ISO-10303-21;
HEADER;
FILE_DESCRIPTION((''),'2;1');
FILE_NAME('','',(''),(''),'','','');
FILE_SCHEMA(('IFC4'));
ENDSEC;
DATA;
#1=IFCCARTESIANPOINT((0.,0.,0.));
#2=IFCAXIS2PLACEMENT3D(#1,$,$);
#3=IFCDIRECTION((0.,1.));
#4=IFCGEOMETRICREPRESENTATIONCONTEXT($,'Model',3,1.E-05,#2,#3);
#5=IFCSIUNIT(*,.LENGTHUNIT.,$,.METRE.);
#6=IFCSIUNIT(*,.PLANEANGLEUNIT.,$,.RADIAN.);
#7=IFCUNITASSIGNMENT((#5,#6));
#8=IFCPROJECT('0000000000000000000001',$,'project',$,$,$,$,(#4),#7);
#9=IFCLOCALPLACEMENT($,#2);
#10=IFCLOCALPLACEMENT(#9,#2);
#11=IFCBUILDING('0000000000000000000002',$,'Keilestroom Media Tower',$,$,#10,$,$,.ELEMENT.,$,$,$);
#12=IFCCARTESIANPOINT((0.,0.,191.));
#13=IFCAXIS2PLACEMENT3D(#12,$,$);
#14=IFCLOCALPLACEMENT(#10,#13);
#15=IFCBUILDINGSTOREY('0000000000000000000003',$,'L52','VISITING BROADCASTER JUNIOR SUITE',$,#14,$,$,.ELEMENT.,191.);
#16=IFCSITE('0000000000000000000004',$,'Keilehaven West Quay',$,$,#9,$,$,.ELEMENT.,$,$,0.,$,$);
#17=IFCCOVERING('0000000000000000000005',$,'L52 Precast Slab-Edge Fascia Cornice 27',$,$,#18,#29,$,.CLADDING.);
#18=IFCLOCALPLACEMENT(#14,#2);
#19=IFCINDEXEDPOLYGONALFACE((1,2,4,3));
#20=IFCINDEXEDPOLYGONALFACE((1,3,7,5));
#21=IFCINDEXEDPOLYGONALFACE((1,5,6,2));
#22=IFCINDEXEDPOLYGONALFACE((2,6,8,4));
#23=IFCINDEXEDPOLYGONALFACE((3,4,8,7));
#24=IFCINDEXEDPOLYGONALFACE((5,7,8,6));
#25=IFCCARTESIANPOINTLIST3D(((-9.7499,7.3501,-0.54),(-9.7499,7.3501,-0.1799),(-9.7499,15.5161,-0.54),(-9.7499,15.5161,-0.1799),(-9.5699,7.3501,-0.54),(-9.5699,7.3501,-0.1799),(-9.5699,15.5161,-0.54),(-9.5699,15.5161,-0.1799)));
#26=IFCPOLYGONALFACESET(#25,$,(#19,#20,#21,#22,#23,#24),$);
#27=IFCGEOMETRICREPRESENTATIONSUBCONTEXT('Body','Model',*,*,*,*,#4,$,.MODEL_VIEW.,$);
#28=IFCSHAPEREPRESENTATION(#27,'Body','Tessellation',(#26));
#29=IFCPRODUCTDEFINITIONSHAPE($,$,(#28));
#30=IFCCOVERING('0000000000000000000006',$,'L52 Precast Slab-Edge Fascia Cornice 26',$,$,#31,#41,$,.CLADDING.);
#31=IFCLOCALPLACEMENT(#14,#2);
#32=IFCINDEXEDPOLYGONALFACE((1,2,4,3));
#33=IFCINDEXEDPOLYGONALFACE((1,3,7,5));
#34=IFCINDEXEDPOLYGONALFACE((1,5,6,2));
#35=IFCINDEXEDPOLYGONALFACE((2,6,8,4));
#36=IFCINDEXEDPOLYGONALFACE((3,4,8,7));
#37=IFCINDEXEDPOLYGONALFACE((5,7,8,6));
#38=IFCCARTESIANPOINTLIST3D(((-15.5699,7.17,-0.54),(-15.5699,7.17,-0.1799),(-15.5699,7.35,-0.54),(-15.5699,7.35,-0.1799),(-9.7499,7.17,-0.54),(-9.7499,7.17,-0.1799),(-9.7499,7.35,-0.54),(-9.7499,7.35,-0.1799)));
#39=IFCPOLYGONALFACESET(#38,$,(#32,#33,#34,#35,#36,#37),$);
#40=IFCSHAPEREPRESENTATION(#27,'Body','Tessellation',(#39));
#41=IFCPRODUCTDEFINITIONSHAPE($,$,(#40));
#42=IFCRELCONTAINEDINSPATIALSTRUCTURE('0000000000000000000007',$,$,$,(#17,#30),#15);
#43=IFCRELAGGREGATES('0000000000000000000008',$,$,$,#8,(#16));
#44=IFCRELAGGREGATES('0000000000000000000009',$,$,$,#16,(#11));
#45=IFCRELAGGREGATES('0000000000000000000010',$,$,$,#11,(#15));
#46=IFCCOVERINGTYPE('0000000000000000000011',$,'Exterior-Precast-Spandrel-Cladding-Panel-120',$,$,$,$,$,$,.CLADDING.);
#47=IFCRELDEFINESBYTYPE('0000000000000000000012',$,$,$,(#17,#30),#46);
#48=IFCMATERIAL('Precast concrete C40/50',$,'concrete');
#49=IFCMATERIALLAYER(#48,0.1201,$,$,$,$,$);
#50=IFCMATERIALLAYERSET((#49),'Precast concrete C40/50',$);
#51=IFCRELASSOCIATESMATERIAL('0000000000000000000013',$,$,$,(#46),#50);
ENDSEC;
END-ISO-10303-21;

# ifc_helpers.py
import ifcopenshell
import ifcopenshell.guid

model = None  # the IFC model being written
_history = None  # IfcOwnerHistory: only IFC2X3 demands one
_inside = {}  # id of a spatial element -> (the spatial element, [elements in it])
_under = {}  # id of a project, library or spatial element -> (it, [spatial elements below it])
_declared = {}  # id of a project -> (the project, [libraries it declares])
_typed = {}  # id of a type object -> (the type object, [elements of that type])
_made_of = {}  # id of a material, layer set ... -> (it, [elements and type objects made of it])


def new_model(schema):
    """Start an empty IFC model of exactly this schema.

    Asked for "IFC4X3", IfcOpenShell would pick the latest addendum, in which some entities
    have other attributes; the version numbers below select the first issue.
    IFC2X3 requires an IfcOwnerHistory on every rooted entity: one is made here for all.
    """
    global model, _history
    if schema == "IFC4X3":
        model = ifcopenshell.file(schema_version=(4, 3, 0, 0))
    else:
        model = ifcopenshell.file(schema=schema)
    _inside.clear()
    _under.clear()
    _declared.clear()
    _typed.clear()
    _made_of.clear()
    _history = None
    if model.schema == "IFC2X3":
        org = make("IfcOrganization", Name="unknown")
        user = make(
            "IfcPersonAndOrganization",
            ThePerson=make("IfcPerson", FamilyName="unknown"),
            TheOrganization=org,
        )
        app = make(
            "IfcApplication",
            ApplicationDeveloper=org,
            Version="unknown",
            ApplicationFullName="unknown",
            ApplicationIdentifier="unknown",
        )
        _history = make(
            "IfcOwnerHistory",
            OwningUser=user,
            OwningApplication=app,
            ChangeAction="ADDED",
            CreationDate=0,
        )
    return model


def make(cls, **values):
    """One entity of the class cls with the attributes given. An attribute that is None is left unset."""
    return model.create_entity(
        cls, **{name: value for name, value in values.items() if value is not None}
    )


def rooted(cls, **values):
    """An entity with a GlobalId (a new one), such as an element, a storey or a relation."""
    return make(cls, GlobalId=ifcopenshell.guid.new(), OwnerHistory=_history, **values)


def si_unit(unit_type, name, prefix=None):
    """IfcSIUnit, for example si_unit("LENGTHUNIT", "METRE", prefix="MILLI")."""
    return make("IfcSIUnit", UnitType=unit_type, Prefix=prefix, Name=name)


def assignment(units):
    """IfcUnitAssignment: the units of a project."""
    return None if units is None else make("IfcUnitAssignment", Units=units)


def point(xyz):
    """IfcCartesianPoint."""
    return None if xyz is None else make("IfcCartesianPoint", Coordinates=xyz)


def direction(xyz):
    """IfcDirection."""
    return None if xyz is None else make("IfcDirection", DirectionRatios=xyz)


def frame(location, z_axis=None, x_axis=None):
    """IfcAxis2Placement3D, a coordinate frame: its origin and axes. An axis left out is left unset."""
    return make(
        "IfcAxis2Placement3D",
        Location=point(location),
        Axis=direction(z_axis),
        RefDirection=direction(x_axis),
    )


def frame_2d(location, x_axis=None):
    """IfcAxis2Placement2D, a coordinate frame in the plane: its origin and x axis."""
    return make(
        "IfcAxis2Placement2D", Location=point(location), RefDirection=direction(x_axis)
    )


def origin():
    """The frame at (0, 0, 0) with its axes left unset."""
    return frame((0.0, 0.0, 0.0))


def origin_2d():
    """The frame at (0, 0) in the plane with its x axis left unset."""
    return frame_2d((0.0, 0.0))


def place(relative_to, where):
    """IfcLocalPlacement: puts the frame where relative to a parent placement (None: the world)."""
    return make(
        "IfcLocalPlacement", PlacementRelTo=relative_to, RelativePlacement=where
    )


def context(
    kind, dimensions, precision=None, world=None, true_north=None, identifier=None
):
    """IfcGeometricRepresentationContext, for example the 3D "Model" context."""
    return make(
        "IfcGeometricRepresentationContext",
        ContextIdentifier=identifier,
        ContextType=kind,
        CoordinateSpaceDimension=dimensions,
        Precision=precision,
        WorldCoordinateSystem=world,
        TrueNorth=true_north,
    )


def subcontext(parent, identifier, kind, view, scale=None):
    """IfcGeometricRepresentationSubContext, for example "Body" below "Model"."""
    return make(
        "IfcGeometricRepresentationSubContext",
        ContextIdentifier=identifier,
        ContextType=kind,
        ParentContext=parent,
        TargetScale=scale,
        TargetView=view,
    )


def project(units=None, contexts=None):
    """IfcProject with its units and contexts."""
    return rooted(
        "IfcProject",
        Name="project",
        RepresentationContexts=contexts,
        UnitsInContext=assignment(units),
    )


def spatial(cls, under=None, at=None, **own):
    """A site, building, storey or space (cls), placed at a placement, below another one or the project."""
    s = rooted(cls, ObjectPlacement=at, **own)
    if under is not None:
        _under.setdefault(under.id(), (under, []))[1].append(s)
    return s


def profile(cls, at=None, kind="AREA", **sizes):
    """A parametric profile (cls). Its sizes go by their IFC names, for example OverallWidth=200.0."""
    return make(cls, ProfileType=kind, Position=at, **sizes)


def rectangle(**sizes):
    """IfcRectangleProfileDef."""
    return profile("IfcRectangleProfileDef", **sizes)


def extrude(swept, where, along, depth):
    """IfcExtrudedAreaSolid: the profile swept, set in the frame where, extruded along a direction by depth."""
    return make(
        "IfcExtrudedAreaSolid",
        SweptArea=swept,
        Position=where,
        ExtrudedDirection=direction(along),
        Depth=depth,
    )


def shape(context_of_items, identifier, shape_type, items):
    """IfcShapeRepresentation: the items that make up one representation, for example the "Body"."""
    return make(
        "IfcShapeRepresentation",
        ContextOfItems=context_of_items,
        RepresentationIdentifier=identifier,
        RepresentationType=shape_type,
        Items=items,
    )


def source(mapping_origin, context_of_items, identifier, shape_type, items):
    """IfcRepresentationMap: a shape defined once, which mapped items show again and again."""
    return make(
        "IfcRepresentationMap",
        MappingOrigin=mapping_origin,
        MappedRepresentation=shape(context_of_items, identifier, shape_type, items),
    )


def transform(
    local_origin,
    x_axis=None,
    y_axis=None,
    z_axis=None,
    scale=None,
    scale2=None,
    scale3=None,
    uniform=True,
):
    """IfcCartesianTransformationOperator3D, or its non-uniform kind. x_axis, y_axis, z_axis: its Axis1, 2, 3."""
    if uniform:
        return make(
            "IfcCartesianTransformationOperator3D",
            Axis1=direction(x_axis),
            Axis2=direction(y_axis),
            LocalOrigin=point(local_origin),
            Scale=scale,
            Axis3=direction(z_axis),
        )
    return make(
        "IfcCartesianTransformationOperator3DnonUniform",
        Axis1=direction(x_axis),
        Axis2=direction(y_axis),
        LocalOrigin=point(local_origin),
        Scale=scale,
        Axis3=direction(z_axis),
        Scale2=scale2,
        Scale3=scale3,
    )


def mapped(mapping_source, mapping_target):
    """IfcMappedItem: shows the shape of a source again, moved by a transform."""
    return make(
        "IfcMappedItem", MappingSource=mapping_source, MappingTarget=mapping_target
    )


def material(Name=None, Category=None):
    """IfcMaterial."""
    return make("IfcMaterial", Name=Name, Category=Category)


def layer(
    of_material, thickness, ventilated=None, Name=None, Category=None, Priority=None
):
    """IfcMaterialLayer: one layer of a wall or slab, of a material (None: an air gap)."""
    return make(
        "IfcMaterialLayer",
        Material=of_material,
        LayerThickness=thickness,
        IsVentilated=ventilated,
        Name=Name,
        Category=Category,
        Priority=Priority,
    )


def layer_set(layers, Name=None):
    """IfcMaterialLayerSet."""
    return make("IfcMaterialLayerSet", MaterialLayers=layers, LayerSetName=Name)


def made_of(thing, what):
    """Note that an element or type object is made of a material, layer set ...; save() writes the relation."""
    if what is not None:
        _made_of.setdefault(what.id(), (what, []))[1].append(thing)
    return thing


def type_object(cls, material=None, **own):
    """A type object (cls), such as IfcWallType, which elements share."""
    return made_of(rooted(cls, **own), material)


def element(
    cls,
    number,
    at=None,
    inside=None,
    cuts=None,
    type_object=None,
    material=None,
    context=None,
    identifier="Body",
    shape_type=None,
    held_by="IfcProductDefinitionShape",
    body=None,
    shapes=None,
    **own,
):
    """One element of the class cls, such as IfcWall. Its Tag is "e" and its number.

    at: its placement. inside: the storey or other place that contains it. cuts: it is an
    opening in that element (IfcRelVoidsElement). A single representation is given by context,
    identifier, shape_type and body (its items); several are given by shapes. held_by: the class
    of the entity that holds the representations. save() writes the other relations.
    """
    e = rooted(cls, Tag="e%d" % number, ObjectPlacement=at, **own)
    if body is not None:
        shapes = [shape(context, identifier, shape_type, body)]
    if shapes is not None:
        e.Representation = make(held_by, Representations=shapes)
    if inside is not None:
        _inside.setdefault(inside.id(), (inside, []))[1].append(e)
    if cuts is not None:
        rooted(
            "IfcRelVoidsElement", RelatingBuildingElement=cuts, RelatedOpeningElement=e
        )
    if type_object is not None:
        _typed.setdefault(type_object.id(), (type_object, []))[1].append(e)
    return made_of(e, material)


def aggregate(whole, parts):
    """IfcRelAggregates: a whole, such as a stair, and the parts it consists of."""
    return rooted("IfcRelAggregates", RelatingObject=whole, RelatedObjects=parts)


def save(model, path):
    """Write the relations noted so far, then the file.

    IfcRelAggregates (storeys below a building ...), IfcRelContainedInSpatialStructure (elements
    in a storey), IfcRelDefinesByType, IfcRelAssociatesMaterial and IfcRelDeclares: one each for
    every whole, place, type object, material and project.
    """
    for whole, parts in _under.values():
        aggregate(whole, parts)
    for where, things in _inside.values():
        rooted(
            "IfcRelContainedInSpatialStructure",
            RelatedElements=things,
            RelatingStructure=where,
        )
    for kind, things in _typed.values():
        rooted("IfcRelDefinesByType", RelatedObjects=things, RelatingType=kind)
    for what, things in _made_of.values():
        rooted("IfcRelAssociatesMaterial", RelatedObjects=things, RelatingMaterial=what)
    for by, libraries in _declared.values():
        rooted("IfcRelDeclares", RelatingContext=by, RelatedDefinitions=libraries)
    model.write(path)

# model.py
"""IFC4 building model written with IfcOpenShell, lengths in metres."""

from ifc_helpers import new_model, si_unit, direction, frame, origin, origin_2d, place, context, subcontext, project, spatial, rectangle, extrude, source, transform, mapped, material, layer, layer_set, type_object, element, save


model = new_model("IFC4")

# Units and contexts
model_context = context("Model", 3, precision=1e-05, world=origin(), true_north=direction((0.0, 1.0)))
body_context = subcontext(model_context, "Body", "Model", "MODEL_VIEW")
ifc_project = project(units=[si_unit("LENGTHUNIT", "METRE"), si_unit("PLANEANGLEUNIT", "RADIAN")], contexts=[model_context])

# Site, building, storey
site_placement = place(None, origin())
site = spatial("IfcSite", under=ifc_project, at=site_placement, Name="Keilehaven West Quay", CompositionType="ELEMENT", RefElevation=0.0)
building_placement = place(site_placement, origin())
building = spatial("IfcBuilding", under=site, at=building_placement, Name="Keilestroom Media Tower", CompositionType="ELEMENT")
storey_placement = place(building_placement, frame((0.0, 0.0, 191.0)))
storey = spatial("IfcBuildingStorey", under=building, at=storey_placement, Name="L52", Description="VISITING BROADCASTER JUNIOR SUITE", CompositionType="ELEMENT", Elevation=191.0)

# Shared definitions
ifc_material_1 = material(Name="Precast concrete C40/50", Category="concrete")

# Coverings
ifc_layer_1 = layer(ifc_material_1, 0.1201)
ifc_layer_set_1 = layer_set([ifc_layer_1], Name="Precast concrete C40/50")
covering_type = type_object("IfcCoveringType", Name="Exterior-Precast-Spandrel-Cladding-Panel-120", PredefinedType="CLADDING", material=ifc_layer_set_1)
shared_shape_1 = source(origin(), body_context, "Body", "SweptSolid", [
    extrude(rectangle(XDim=8.166, YDim=0.1799, at=origin_2d()), origin(), (0.0, 0.0, 1.0), 0.3601),
])
covering_1_placement = place(storey_placement, frame((-9.6599, 11.4331, -0.54), z_axis=(0.0, 0.0, 1.0), x_axis=(0.0, 1.0, 0.0)))
element("IfcCovering", 1, at=covering_1_placement, inside=storey, type_object=covering_type, Name="L52 Precast Slab-Edge Fascia Cornice 27", PredefinedType="CLADDING", context=body_context, shape_type="MappedRepresentation", body=[
    mapped(shared_shape_1, transform((0.0, 0.0, 0.0), x_axis=(1.0, 0.0, 0.0), y_axis=(0.0, 1.0, 0.0), z_axis=(0.0, 0.0, 1.0), scale=1.0)),
])
shared_shape_2 = source(origin(), body_context, "Body", "SweptSolid", [
    extrude(rectangle(XDim=5.8201, YDim=0.1799, at=origin_2d()), origin(), (0.0, 0.0, 1.0), 0.3601),
])
covering_2_placement = place(storey_placement, frame((-12.6599, 7.26, -0.54), z_axis=(0.0, 0.0, 1.0), x_axis=(1.0, 0.0, 0.0)))
element("IfcCovering", 2, at=covering_2_placement, inside=storey, type_object=covering_type, Name="L52 Precast Slab-Edge Fascia Cornice 26", PredefinedType="CLADDING", context=body_context, shape_type="MappedRepresentation", body=[
    mapped(shared_shape_2, transform((0.0, 0.0, 0.0), x_axis=(1.0, 0.0, 0.0), y_axis=(0.0, 1.0, 0.0), z_axis=(0.0, 0.0, 1.0), scale=1.0)),
])

save(model, "model.ifc")
